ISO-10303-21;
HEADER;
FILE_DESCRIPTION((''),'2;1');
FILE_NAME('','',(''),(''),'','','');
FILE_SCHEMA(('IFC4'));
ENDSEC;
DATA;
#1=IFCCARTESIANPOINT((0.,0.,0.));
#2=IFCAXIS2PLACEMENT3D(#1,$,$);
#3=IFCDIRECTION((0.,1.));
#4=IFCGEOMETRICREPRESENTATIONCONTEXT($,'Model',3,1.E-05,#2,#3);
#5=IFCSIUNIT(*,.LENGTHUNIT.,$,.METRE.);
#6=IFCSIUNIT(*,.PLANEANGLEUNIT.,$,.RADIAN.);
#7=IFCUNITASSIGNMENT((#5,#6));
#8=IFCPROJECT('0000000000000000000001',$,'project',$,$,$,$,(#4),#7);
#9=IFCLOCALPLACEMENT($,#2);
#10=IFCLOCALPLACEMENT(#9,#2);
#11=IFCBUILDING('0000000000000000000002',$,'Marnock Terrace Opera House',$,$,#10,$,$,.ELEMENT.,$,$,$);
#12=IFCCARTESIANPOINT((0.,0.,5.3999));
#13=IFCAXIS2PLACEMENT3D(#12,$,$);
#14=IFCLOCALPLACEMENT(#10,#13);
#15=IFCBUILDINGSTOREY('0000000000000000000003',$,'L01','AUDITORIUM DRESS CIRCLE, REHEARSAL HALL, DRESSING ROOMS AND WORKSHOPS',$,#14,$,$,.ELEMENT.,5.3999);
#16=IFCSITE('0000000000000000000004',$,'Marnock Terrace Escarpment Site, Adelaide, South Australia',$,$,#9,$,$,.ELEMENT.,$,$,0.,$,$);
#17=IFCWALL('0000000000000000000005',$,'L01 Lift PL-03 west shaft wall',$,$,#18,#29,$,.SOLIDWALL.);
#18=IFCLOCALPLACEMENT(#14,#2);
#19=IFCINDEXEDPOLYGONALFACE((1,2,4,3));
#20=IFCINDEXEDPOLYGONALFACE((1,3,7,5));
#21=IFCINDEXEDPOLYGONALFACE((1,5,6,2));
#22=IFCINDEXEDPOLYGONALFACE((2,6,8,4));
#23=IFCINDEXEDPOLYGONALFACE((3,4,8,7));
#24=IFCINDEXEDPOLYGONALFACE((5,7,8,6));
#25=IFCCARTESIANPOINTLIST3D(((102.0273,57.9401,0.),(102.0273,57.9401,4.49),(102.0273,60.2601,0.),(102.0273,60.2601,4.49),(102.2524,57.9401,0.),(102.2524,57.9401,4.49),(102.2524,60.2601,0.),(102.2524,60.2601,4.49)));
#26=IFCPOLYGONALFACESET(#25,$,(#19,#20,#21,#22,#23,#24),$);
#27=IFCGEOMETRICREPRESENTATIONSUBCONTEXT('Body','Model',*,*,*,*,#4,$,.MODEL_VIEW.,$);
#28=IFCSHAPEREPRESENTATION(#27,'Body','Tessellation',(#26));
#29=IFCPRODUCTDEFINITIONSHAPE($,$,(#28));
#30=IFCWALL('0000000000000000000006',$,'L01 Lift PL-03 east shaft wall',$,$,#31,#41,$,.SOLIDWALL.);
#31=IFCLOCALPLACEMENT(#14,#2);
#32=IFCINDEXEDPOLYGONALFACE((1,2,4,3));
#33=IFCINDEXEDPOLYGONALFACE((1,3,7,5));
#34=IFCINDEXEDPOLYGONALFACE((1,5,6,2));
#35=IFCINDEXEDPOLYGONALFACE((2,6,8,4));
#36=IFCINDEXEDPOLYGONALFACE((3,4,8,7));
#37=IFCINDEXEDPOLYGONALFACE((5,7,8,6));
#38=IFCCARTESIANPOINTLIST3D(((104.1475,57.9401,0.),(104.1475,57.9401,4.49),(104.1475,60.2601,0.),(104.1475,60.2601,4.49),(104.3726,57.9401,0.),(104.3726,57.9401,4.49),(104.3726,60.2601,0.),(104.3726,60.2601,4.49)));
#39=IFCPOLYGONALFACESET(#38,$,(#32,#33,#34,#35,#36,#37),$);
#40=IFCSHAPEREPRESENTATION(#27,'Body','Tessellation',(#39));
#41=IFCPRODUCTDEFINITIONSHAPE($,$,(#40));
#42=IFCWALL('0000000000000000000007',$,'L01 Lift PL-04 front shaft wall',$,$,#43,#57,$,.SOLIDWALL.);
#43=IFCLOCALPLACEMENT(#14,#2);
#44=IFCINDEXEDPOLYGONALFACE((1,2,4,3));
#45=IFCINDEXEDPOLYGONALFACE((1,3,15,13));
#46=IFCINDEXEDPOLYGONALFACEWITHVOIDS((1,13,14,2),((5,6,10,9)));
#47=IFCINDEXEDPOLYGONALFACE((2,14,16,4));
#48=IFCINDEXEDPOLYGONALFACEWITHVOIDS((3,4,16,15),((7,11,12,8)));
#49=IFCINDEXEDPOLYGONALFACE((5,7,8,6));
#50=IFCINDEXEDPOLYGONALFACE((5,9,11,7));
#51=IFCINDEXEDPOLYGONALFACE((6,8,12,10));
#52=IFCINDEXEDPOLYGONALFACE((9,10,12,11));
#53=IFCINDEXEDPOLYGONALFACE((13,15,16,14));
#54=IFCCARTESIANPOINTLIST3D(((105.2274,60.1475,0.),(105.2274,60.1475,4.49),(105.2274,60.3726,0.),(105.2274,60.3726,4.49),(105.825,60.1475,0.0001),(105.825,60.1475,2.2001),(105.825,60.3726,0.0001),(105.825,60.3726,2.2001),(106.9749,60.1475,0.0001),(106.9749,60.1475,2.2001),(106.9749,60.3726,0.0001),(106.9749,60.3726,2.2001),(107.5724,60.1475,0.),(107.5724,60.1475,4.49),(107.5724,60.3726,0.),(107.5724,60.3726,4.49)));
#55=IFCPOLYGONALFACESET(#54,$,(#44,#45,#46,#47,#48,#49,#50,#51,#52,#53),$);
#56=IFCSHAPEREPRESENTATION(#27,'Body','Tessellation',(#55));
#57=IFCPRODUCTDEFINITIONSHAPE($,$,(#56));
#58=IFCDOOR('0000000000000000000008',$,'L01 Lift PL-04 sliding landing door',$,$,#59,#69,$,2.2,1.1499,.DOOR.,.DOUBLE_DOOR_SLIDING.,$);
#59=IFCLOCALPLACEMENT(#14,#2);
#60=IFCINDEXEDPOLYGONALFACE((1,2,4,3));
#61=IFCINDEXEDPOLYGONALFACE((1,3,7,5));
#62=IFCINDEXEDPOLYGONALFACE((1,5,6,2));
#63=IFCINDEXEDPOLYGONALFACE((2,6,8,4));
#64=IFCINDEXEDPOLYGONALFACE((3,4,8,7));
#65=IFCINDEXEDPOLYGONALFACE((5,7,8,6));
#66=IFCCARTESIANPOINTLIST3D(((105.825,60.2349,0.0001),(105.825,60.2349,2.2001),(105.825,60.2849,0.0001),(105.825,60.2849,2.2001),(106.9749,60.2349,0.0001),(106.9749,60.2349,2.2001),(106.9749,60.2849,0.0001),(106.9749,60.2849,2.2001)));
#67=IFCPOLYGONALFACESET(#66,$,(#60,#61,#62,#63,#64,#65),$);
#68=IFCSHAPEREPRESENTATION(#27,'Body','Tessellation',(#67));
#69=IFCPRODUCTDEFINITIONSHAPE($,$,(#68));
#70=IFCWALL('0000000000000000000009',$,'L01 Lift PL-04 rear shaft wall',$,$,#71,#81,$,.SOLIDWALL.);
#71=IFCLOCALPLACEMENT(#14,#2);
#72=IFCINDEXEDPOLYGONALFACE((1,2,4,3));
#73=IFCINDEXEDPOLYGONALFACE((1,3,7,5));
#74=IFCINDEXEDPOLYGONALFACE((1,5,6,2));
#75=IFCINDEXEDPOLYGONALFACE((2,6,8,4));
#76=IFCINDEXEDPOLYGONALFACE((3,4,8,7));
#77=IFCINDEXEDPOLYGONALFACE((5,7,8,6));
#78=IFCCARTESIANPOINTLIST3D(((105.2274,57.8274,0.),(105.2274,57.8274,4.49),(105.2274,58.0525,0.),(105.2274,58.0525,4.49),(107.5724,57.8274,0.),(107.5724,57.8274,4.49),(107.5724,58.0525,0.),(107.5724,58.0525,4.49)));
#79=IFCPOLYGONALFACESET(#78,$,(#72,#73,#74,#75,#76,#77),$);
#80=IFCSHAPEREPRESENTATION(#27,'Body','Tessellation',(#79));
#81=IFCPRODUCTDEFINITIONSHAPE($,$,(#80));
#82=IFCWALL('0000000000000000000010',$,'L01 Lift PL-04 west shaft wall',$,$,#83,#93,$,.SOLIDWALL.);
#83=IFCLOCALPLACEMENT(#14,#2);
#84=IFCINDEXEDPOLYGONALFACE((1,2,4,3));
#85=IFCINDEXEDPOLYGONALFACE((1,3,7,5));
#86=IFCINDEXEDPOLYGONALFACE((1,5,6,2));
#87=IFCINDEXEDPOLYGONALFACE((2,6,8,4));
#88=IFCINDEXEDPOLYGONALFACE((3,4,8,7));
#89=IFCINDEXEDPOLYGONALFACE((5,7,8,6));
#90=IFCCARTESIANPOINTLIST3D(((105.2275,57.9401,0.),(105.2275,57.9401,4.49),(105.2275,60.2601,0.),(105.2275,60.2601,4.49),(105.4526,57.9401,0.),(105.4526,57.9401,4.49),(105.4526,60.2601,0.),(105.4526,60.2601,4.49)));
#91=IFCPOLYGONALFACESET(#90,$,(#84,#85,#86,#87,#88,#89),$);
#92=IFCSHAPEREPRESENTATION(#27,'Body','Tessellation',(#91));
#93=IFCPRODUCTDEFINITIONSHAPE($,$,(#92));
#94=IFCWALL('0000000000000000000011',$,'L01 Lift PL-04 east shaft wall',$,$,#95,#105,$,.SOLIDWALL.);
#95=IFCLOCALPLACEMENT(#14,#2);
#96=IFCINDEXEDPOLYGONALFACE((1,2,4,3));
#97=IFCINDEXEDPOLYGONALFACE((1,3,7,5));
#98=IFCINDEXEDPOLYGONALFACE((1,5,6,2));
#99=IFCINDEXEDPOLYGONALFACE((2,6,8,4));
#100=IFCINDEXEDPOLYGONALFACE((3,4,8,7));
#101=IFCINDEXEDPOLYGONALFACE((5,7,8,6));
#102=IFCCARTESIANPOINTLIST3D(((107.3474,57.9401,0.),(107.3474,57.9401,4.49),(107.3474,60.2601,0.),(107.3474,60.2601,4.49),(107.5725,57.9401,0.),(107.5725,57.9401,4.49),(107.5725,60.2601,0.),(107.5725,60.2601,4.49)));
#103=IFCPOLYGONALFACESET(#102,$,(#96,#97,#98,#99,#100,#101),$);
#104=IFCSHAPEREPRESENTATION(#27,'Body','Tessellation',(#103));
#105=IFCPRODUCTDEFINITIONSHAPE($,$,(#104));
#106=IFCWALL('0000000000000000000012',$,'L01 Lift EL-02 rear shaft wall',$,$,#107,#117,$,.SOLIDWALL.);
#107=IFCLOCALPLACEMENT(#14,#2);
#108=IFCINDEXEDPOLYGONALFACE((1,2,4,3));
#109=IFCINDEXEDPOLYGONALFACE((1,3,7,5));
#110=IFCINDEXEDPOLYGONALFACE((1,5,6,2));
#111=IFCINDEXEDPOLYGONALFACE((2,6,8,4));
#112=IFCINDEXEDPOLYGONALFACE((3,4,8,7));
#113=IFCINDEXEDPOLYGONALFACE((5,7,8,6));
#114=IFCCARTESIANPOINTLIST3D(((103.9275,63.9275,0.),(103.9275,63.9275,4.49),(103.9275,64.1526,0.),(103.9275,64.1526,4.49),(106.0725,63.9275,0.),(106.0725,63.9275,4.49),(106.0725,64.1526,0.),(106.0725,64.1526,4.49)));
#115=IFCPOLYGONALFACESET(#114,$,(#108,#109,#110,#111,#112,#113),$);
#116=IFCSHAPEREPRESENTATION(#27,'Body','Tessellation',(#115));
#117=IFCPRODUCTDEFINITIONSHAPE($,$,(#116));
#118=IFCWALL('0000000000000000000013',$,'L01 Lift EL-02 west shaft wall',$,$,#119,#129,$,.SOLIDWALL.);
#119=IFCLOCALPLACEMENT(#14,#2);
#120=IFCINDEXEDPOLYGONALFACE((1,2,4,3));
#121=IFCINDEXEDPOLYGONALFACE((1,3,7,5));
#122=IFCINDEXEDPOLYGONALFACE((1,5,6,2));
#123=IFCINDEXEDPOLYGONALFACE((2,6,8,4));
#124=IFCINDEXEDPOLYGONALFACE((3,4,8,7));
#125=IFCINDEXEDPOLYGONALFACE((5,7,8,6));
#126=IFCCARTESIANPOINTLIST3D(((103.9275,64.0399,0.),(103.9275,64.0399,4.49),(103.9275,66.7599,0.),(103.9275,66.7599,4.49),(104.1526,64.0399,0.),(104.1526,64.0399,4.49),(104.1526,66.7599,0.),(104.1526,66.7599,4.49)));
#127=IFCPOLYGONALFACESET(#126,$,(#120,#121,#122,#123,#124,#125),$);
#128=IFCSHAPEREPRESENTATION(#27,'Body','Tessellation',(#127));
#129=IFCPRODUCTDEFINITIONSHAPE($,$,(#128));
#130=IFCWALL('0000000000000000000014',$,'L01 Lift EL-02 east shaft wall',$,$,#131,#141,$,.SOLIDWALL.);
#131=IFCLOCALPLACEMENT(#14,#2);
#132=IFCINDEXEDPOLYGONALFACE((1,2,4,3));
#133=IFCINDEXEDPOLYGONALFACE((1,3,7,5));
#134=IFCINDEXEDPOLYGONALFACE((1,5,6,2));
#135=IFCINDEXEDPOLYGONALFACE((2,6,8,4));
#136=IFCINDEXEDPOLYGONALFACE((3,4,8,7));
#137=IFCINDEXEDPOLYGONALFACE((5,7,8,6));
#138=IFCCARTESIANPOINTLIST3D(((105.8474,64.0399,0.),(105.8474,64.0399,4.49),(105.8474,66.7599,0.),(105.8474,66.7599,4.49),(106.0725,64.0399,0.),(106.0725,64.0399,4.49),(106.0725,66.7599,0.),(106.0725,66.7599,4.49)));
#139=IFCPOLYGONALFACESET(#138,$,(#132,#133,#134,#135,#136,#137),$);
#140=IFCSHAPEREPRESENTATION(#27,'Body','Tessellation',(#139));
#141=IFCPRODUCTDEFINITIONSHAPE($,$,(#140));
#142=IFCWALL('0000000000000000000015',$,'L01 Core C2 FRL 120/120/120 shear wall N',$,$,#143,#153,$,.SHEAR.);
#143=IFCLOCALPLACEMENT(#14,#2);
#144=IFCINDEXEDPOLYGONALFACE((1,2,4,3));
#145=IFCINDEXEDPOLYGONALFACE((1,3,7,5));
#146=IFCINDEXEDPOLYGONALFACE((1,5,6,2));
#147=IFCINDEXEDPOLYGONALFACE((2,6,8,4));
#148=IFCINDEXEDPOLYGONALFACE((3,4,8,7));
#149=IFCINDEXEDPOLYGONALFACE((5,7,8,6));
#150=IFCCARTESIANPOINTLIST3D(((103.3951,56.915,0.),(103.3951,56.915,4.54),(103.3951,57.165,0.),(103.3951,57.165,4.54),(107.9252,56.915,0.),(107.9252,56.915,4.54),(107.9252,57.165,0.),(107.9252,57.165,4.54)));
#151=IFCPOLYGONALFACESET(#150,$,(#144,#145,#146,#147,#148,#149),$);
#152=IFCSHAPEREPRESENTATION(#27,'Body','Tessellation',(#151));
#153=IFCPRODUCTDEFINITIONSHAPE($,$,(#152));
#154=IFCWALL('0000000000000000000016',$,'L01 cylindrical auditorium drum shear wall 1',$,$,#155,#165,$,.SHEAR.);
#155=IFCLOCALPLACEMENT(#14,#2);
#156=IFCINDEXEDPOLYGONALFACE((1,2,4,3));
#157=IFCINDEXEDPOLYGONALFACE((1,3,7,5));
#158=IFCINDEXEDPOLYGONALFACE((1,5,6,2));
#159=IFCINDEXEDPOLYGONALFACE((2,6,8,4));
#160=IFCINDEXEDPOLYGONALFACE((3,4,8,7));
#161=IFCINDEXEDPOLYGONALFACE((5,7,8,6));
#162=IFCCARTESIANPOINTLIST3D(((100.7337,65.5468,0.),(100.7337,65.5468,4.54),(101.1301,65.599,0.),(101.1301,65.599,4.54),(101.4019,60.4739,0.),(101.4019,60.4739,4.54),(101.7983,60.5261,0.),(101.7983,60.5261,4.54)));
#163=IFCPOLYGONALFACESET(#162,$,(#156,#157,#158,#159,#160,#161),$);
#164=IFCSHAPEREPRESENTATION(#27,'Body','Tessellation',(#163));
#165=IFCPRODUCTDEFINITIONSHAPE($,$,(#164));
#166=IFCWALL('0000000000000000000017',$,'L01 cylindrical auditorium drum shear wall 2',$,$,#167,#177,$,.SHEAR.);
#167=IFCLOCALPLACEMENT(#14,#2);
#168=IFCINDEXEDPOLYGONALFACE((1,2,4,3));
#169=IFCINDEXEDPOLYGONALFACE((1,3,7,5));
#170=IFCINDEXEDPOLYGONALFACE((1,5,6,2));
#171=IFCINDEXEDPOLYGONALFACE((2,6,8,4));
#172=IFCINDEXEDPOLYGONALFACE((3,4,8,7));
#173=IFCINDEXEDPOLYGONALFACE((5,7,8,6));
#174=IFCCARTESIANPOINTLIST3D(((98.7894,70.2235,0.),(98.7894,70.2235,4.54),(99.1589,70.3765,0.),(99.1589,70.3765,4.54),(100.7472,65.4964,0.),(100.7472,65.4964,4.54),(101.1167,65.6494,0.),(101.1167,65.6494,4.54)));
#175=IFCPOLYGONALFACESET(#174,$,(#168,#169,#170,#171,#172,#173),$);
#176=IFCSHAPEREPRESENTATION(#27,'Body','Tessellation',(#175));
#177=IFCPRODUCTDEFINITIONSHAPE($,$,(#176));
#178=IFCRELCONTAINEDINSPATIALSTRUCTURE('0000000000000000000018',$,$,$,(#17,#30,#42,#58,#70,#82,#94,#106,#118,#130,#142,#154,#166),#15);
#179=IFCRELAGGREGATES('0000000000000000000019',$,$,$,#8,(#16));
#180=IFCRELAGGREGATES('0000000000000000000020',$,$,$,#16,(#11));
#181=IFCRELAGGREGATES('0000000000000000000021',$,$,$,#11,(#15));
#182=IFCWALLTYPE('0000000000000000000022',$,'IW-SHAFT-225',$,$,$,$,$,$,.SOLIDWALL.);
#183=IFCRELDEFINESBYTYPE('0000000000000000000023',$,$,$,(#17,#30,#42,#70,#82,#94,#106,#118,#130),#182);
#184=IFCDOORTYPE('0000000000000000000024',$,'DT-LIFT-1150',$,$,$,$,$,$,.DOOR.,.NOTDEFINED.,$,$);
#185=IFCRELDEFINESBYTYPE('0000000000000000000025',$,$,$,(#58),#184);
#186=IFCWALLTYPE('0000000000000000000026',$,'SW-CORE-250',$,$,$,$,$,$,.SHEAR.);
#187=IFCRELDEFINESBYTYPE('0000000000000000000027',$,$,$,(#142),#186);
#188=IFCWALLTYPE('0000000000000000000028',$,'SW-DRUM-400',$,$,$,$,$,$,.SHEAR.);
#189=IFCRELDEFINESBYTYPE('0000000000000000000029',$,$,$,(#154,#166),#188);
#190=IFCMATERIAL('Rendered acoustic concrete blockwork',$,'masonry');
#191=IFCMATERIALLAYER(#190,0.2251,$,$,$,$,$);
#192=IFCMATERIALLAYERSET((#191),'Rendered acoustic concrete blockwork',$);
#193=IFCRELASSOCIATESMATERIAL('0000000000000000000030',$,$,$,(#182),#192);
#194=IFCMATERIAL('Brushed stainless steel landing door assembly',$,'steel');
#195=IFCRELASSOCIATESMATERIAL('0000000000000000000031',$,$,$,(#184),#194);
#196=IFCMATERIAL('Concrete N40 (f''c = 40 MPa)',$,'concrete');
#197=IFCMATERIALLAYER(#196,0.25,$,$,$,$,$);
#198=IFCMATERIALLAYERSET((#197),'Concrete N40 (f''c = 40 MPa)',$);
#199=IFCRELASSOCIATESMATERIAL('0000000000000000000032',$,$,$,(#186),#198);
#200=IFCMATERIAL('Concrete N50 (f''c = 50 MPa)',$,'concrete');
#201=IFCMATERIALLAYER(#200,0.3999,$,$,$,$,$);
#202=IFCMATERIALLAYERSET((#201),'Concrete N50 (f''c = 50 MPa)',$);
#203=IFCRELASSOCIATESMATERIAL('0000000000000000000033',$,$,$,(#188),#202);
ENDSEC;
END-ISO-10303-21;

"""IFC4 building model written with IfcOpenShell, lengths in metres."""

from ifc_helpers import new_model, si_unit, direction, frame, frame_2d, origin, place, context, subcontext, project, spatial, rectangle, extrude, material, layer, layer_set, type_object, element, fill, save


model = new_model("IFC4")

# Units and contexts
model_context = context("Model", 3, precision=1e-05, world=origin(), true_north=direction((0.0, 1.0)))
body_context = subcontext(model_context, "Body", "Model", "MODEL_VIEW")
ifc_project = project(units=[si_unit("LENGTHUNIT", "METRE"), si_unit("PLANEANGLEUNIT", "RADIAN")], contexts=[model_context])

# Site, building, storey
site_placement = place(None, origin())
site = spatial("IfcSite", under=ifc_project, at=site_placement, Name="Marnock Terrace Escarpment Site, Adelaide, South Australia", CompositionType="ELEMENT", RefElevation=0.0)
building_placement = place(site_placement, origin())
building = spatial("IfcBuilding", under=site, at=building_placement, Name="Marnock Terrace Opera House", CompositionType="ELEMENT")
storey_placement = place(building_placement, frame((0.0, 0.0, 5.3999)))
storey = spatial("IfcBuildingStorey", under=building, at=storey_placement, Name="L01", Description="AUDITORIUM DRESS CIRCLE, REHEARSAL HALL, DRESSING ROOMS AND WORKSHOPS", CompositionType="ELEMENT", Elevation=5.3999)

# Shared definitions
ifc_material_1 = material(Name="Concrete N50 (f'c = 50 MPa)", Category="concrete")

# Shared definitions
ifc_material_2 = material(Name="Rendered acoustic concrete blockwork", Category="masonry")
ifc_layer_1 = layer(ifc_material_2, 0.2251)
ifc_layer_set_1 = layer_set([ifc_layer_1], Name="Rendered acoustic concrete blockwork")
wall_type_1 = type_object("IfcWallType", Name="IW-SHAFT-225", PredefinedType="SOLIDWALL", material=ifc_layer_set_1)
ifc_material_3 = material(Name="Brushed stainless steel landing door assembly", Category="steel")
door_type = type_object("IfcDoorType", Name="DT-LIFT-1150", OperationType="NOTDEFINED", PredefinedType="DOOR", material=ifc_material_3)

# Walls
for number, where, z_axis, x_axis, name in (
    (1, (102.1399, 57.9399, 0.0), (0.0, 0.0, 1.0), (0.0, 1.0, 0.0), "L01 Lift PL-03 west shaft wall"),
    (2, (104.26, 57.9399, 0.0), (0.0, 0.0, 1.0), (0.0, 1.0, 0.0), "L01 Lift PL-03 east shaft wall"),
):
    element("IfcWall", number, at=place(storey_placement, frame(where, z_axis=z_axis, x_axis=x_axis)), inside=storey, type_object=wall_type_1, Name=name, PredefinedType="SOLIDWALL", context=body_context, shape_type="SweptSolid", body=[
        extrude(rectangle(XDim=2.3201, YDim=0.2251, at=frame_2d((1.1602, 0.0))), origin(), (0.0, 0.0, 1.0), 4.49),
    ])

# Wall, opening, door
wall_1_placement = place(storey_placement, frame((105.2275, 60.26, 0.0), z_axis=(0.0, 0.0, 1.0), x_axis=(1.0, 0.0, 0.0)))
wall_1 = element("IfcWall", 3, at=wall_1_placement, inside=storey, type_object=wall_type_1, Name="L01 Lift PL-04 front shaft wall", PredefinedType="SOLIDWALL", context=body_context, shape_type="SweptSolid", body=[
    extrude(rectangle(XDim=2.345, YDim=0.2251, at=frame_2d((1.1724, 0.0))), origin(), (0.0, 0.0, 1.0), 4.49),
])
opening_1_placement = place(wall_1_placement, frame((0.5974, 0.0, 0.0)))
opening_1 = element("IfcOpeningElement", 4, at=opening_1_placement, cuts=wall_1, PredefinedType="OPENING", context=body_context, shape_type="SweptSolid", body=[
    extrude(rectangle(XDim=1.1499, YDim=2.2, at=frame_2d((0.575, 1.1001))), frame((0.0, 0.1226, 0.0), z_axis=(0.0, -1.0, 0.0), x_axis=(1.0, 0.0, 0.0)), (0.0, 0.0, 1.0), 0.2451),
])
door_1_placement = place(opening_1_placement, origin())
door_1 = element("IfcDoor", 5, at=door_1_placement, inside=storey, type_object=door_type, Name="L01 Lift PL-04 sliding landing door", OperationType="DOUBLE_DOOR_SLIDING", OverallHeight=2.2, OverallWidth=1.1499, PredefinedType="DOOR", context=body_context, shape_type="SweptSolid", body=[
    extrude(rectangle(XDim=1.1499, YDim=2.2, at=frame_2d((0.575, 1.1001))), frame((0.0, 0.0249, 0.0), z_axis=(0.0, -1.0, 0.0), x_axis=(1.0, 0.0, 0.0)), (0.0, 0.0, 1.0), 0.05),
])
fill(opening_1, door_1)

# Walls
wall_2_placement = place(storey_placement, frame((105.2275, 57.9399, 0.0), z_axis=(0.0, 0.0, 1.0), x_axis=(1.0, 0.0, 0.0)))
element("IfcWall", 6, at=wall_2_placement, inside=storey, type_object=wall_type_1, Name="L01 Lift PL-04 rear shaft wall", PredefinedType="SOLIDWALL", context=body_context, shape_type="SweptSolid", body=[
    extrude(rectangle(XDim=2.345, YDim=0.2251, at=frame_2d((1.1724, 0.0))), origin(), (0.0, 0.0, 1.0), 4.49),
])
for number, where, z_axis, x_axis, name in (
    (7, (105.3401, 57.9399, 0.0), (0.0, 0.0, 1.0), (0.0, 1.0, 0.0), "L01 Lift PL-04 west shaft wall"),
    (8, (107.46, 57.9399, 0.0), (0.0, 0.0, 1.0), (0.0, 1.0, 0.0), "L01 Lift PL-04 east shaft wall"),
):
    element("IfcWall", number, at=place(storey_placement, frame(where, z_axis=z_axis, x_axis=x_axis)), inside=storey, type_object=wall_type_1, Name=name, PredefinedType="SOLIDWALL", context=body_context, shape_type="SweptSolid", body=[
        extrude(rectangle(XDim=2.3201, YDim=0.2251, at=frame_2d((1.1602, 0.0))), origin(), (0.0, 0.0, 1.0), 4.49),
    ])
wall_3_placement = place(storey_placement, frame((103.9275, 64.04, 0.0), z_axis=(0.0, 0.0, 1.0), x_axis=(1.0, 0.0, 0.0)))
element("IfcWall", 9, at=wall_3_placement, inside=storey, type_object=wall_type_1, Name="L01 Lift EL-02 rear shaft wall", PredefinedType="SOLIDWALL", context=body_context, shape_type="SweptSolid", body=[
    extrude(rectangle(XDim=2.145, YDim=0.2251, at=frame_2d((1.0725, 0.0))), origin(), (0.0, 0.0, 1.0), 4.49),
])
for number, where, z_axis, x_axis, name in (
    (10, (104.04, 64.04, 0.0), (0.0, 0.0, 1.0), (0.0, 1.0, 0.0), "L01 Lift EL-02 west shaft wall"),
    (11, (105.96, 64.04, 0.0), (0.0, 0.0, 1.0), (0.0, 1.0, 0.0), "L01 Lift EL-02 east shaft wall"),
):
    element("IfcWall", number, at=place(storey_placement, frame(where, z_axis=z_axis, x_axis=x_axis)), inside=storey, type_object=wall_type_1, Name=name, PredefinedType="SOLIDWALL", context=body_context, shape_type="SweptSolid", body=[
        extrude(rectangle(XDim=2.72, YDim=0.2251, at=frame_2d((1.3599, 0.0))), origin(), (0.0, 0.0, 1.0), 4.49),
    ])
ifc_material_4 = material(Name="Concrete N40 (f'c = 40 MPa)", Category="concrete")
ifc_layer_2 = layer(ifc_material_4, 0.25)
ifc_layer_set_2 = layer_set([ifc_layer_2], Name="Concrete N40 (f'c = 40 MPa)")
wall_type_2 = type_object("IfcWallType", Name="SW-CORE-250", PredefinedType="SHEAR", material=ifc_layer_set_2)
wall_4_placement = place(storey_placement, frame((103.395, 57.04, 0.0), z_axis=(0.0, 0.0, 1.0), x_axis=(1.0, 0.0, 0.0)))
element("IfcWall", 12, at=wall_4_placement, inside=storey, type_object=wall_type_2, Name="L01 Core C2 FRL 120/120/120 shear wall N", PredefinedType="SHEAR", context=body_context, shape_type="SweptSolid", body=[
    extrude(rectangle(XDim=4.53, YDim=0.25, at=frame_2d((2.2651, 0.0))), origin(), (0.0, 0.0, 1.0), 4.54),
])
ifc_layer_3 = layer(ifc_material_1, 0.3999)
ifc_layer_set_3 = layer_set([ifc_layer_3], Name="Concrete N50 (f'c = 50 MPa)")
wall_type_3 = type_object("IfcWallType", Name="SW-DRUM-400", PredefinedType="SHEAR", material=ifc_layer_set_3)
wall_5_placement = place(storey_placement, frame((101.6001, 60.5, 0.0), z_axis=(0.0, 0.0, 1.0), x_axis=(-0.130592, 0.991436, 0.0)))
element("IfcWall", 13, at=wall_5_placement, inside=storey, type_object=wall_type_3, Name="L01 cylindrical auditorium drum shear wall 1", PredefinedType="SHEAR", context=body_context, shape_type="SweptSolid", body=[
    extrude(rectangle(XDim=5.1167, YDim=0.3999, at=frame_2d((2.5583, 0.0))), origin(), (0.0, 0.0, 1.0), 4.54),
])
wall_6_placement = place(storey_placement, frame((100.9319, 65.573, 0.0), z_axis=(0.0, 0.0, 1.0), x_axis=(-0.382643, 0.923896, 0.0)))
element("IfcWall", 14, at=wall_6_placement, inside=storey, type_object=wall_type_3, Name="L01 cylindrical auditorium drum shear wall 2", PredefinedType="SHEAR", context=body_context, shape_type="SweptSolid", body=[
    extrude(rectangle(XDim=5.1165, YDim=0.3999, at=frame_2d((2.5581, 0.0))), origin(), (0.0, 0.0, 1.0), 4.54),
])

save(model, "model.ifc")
